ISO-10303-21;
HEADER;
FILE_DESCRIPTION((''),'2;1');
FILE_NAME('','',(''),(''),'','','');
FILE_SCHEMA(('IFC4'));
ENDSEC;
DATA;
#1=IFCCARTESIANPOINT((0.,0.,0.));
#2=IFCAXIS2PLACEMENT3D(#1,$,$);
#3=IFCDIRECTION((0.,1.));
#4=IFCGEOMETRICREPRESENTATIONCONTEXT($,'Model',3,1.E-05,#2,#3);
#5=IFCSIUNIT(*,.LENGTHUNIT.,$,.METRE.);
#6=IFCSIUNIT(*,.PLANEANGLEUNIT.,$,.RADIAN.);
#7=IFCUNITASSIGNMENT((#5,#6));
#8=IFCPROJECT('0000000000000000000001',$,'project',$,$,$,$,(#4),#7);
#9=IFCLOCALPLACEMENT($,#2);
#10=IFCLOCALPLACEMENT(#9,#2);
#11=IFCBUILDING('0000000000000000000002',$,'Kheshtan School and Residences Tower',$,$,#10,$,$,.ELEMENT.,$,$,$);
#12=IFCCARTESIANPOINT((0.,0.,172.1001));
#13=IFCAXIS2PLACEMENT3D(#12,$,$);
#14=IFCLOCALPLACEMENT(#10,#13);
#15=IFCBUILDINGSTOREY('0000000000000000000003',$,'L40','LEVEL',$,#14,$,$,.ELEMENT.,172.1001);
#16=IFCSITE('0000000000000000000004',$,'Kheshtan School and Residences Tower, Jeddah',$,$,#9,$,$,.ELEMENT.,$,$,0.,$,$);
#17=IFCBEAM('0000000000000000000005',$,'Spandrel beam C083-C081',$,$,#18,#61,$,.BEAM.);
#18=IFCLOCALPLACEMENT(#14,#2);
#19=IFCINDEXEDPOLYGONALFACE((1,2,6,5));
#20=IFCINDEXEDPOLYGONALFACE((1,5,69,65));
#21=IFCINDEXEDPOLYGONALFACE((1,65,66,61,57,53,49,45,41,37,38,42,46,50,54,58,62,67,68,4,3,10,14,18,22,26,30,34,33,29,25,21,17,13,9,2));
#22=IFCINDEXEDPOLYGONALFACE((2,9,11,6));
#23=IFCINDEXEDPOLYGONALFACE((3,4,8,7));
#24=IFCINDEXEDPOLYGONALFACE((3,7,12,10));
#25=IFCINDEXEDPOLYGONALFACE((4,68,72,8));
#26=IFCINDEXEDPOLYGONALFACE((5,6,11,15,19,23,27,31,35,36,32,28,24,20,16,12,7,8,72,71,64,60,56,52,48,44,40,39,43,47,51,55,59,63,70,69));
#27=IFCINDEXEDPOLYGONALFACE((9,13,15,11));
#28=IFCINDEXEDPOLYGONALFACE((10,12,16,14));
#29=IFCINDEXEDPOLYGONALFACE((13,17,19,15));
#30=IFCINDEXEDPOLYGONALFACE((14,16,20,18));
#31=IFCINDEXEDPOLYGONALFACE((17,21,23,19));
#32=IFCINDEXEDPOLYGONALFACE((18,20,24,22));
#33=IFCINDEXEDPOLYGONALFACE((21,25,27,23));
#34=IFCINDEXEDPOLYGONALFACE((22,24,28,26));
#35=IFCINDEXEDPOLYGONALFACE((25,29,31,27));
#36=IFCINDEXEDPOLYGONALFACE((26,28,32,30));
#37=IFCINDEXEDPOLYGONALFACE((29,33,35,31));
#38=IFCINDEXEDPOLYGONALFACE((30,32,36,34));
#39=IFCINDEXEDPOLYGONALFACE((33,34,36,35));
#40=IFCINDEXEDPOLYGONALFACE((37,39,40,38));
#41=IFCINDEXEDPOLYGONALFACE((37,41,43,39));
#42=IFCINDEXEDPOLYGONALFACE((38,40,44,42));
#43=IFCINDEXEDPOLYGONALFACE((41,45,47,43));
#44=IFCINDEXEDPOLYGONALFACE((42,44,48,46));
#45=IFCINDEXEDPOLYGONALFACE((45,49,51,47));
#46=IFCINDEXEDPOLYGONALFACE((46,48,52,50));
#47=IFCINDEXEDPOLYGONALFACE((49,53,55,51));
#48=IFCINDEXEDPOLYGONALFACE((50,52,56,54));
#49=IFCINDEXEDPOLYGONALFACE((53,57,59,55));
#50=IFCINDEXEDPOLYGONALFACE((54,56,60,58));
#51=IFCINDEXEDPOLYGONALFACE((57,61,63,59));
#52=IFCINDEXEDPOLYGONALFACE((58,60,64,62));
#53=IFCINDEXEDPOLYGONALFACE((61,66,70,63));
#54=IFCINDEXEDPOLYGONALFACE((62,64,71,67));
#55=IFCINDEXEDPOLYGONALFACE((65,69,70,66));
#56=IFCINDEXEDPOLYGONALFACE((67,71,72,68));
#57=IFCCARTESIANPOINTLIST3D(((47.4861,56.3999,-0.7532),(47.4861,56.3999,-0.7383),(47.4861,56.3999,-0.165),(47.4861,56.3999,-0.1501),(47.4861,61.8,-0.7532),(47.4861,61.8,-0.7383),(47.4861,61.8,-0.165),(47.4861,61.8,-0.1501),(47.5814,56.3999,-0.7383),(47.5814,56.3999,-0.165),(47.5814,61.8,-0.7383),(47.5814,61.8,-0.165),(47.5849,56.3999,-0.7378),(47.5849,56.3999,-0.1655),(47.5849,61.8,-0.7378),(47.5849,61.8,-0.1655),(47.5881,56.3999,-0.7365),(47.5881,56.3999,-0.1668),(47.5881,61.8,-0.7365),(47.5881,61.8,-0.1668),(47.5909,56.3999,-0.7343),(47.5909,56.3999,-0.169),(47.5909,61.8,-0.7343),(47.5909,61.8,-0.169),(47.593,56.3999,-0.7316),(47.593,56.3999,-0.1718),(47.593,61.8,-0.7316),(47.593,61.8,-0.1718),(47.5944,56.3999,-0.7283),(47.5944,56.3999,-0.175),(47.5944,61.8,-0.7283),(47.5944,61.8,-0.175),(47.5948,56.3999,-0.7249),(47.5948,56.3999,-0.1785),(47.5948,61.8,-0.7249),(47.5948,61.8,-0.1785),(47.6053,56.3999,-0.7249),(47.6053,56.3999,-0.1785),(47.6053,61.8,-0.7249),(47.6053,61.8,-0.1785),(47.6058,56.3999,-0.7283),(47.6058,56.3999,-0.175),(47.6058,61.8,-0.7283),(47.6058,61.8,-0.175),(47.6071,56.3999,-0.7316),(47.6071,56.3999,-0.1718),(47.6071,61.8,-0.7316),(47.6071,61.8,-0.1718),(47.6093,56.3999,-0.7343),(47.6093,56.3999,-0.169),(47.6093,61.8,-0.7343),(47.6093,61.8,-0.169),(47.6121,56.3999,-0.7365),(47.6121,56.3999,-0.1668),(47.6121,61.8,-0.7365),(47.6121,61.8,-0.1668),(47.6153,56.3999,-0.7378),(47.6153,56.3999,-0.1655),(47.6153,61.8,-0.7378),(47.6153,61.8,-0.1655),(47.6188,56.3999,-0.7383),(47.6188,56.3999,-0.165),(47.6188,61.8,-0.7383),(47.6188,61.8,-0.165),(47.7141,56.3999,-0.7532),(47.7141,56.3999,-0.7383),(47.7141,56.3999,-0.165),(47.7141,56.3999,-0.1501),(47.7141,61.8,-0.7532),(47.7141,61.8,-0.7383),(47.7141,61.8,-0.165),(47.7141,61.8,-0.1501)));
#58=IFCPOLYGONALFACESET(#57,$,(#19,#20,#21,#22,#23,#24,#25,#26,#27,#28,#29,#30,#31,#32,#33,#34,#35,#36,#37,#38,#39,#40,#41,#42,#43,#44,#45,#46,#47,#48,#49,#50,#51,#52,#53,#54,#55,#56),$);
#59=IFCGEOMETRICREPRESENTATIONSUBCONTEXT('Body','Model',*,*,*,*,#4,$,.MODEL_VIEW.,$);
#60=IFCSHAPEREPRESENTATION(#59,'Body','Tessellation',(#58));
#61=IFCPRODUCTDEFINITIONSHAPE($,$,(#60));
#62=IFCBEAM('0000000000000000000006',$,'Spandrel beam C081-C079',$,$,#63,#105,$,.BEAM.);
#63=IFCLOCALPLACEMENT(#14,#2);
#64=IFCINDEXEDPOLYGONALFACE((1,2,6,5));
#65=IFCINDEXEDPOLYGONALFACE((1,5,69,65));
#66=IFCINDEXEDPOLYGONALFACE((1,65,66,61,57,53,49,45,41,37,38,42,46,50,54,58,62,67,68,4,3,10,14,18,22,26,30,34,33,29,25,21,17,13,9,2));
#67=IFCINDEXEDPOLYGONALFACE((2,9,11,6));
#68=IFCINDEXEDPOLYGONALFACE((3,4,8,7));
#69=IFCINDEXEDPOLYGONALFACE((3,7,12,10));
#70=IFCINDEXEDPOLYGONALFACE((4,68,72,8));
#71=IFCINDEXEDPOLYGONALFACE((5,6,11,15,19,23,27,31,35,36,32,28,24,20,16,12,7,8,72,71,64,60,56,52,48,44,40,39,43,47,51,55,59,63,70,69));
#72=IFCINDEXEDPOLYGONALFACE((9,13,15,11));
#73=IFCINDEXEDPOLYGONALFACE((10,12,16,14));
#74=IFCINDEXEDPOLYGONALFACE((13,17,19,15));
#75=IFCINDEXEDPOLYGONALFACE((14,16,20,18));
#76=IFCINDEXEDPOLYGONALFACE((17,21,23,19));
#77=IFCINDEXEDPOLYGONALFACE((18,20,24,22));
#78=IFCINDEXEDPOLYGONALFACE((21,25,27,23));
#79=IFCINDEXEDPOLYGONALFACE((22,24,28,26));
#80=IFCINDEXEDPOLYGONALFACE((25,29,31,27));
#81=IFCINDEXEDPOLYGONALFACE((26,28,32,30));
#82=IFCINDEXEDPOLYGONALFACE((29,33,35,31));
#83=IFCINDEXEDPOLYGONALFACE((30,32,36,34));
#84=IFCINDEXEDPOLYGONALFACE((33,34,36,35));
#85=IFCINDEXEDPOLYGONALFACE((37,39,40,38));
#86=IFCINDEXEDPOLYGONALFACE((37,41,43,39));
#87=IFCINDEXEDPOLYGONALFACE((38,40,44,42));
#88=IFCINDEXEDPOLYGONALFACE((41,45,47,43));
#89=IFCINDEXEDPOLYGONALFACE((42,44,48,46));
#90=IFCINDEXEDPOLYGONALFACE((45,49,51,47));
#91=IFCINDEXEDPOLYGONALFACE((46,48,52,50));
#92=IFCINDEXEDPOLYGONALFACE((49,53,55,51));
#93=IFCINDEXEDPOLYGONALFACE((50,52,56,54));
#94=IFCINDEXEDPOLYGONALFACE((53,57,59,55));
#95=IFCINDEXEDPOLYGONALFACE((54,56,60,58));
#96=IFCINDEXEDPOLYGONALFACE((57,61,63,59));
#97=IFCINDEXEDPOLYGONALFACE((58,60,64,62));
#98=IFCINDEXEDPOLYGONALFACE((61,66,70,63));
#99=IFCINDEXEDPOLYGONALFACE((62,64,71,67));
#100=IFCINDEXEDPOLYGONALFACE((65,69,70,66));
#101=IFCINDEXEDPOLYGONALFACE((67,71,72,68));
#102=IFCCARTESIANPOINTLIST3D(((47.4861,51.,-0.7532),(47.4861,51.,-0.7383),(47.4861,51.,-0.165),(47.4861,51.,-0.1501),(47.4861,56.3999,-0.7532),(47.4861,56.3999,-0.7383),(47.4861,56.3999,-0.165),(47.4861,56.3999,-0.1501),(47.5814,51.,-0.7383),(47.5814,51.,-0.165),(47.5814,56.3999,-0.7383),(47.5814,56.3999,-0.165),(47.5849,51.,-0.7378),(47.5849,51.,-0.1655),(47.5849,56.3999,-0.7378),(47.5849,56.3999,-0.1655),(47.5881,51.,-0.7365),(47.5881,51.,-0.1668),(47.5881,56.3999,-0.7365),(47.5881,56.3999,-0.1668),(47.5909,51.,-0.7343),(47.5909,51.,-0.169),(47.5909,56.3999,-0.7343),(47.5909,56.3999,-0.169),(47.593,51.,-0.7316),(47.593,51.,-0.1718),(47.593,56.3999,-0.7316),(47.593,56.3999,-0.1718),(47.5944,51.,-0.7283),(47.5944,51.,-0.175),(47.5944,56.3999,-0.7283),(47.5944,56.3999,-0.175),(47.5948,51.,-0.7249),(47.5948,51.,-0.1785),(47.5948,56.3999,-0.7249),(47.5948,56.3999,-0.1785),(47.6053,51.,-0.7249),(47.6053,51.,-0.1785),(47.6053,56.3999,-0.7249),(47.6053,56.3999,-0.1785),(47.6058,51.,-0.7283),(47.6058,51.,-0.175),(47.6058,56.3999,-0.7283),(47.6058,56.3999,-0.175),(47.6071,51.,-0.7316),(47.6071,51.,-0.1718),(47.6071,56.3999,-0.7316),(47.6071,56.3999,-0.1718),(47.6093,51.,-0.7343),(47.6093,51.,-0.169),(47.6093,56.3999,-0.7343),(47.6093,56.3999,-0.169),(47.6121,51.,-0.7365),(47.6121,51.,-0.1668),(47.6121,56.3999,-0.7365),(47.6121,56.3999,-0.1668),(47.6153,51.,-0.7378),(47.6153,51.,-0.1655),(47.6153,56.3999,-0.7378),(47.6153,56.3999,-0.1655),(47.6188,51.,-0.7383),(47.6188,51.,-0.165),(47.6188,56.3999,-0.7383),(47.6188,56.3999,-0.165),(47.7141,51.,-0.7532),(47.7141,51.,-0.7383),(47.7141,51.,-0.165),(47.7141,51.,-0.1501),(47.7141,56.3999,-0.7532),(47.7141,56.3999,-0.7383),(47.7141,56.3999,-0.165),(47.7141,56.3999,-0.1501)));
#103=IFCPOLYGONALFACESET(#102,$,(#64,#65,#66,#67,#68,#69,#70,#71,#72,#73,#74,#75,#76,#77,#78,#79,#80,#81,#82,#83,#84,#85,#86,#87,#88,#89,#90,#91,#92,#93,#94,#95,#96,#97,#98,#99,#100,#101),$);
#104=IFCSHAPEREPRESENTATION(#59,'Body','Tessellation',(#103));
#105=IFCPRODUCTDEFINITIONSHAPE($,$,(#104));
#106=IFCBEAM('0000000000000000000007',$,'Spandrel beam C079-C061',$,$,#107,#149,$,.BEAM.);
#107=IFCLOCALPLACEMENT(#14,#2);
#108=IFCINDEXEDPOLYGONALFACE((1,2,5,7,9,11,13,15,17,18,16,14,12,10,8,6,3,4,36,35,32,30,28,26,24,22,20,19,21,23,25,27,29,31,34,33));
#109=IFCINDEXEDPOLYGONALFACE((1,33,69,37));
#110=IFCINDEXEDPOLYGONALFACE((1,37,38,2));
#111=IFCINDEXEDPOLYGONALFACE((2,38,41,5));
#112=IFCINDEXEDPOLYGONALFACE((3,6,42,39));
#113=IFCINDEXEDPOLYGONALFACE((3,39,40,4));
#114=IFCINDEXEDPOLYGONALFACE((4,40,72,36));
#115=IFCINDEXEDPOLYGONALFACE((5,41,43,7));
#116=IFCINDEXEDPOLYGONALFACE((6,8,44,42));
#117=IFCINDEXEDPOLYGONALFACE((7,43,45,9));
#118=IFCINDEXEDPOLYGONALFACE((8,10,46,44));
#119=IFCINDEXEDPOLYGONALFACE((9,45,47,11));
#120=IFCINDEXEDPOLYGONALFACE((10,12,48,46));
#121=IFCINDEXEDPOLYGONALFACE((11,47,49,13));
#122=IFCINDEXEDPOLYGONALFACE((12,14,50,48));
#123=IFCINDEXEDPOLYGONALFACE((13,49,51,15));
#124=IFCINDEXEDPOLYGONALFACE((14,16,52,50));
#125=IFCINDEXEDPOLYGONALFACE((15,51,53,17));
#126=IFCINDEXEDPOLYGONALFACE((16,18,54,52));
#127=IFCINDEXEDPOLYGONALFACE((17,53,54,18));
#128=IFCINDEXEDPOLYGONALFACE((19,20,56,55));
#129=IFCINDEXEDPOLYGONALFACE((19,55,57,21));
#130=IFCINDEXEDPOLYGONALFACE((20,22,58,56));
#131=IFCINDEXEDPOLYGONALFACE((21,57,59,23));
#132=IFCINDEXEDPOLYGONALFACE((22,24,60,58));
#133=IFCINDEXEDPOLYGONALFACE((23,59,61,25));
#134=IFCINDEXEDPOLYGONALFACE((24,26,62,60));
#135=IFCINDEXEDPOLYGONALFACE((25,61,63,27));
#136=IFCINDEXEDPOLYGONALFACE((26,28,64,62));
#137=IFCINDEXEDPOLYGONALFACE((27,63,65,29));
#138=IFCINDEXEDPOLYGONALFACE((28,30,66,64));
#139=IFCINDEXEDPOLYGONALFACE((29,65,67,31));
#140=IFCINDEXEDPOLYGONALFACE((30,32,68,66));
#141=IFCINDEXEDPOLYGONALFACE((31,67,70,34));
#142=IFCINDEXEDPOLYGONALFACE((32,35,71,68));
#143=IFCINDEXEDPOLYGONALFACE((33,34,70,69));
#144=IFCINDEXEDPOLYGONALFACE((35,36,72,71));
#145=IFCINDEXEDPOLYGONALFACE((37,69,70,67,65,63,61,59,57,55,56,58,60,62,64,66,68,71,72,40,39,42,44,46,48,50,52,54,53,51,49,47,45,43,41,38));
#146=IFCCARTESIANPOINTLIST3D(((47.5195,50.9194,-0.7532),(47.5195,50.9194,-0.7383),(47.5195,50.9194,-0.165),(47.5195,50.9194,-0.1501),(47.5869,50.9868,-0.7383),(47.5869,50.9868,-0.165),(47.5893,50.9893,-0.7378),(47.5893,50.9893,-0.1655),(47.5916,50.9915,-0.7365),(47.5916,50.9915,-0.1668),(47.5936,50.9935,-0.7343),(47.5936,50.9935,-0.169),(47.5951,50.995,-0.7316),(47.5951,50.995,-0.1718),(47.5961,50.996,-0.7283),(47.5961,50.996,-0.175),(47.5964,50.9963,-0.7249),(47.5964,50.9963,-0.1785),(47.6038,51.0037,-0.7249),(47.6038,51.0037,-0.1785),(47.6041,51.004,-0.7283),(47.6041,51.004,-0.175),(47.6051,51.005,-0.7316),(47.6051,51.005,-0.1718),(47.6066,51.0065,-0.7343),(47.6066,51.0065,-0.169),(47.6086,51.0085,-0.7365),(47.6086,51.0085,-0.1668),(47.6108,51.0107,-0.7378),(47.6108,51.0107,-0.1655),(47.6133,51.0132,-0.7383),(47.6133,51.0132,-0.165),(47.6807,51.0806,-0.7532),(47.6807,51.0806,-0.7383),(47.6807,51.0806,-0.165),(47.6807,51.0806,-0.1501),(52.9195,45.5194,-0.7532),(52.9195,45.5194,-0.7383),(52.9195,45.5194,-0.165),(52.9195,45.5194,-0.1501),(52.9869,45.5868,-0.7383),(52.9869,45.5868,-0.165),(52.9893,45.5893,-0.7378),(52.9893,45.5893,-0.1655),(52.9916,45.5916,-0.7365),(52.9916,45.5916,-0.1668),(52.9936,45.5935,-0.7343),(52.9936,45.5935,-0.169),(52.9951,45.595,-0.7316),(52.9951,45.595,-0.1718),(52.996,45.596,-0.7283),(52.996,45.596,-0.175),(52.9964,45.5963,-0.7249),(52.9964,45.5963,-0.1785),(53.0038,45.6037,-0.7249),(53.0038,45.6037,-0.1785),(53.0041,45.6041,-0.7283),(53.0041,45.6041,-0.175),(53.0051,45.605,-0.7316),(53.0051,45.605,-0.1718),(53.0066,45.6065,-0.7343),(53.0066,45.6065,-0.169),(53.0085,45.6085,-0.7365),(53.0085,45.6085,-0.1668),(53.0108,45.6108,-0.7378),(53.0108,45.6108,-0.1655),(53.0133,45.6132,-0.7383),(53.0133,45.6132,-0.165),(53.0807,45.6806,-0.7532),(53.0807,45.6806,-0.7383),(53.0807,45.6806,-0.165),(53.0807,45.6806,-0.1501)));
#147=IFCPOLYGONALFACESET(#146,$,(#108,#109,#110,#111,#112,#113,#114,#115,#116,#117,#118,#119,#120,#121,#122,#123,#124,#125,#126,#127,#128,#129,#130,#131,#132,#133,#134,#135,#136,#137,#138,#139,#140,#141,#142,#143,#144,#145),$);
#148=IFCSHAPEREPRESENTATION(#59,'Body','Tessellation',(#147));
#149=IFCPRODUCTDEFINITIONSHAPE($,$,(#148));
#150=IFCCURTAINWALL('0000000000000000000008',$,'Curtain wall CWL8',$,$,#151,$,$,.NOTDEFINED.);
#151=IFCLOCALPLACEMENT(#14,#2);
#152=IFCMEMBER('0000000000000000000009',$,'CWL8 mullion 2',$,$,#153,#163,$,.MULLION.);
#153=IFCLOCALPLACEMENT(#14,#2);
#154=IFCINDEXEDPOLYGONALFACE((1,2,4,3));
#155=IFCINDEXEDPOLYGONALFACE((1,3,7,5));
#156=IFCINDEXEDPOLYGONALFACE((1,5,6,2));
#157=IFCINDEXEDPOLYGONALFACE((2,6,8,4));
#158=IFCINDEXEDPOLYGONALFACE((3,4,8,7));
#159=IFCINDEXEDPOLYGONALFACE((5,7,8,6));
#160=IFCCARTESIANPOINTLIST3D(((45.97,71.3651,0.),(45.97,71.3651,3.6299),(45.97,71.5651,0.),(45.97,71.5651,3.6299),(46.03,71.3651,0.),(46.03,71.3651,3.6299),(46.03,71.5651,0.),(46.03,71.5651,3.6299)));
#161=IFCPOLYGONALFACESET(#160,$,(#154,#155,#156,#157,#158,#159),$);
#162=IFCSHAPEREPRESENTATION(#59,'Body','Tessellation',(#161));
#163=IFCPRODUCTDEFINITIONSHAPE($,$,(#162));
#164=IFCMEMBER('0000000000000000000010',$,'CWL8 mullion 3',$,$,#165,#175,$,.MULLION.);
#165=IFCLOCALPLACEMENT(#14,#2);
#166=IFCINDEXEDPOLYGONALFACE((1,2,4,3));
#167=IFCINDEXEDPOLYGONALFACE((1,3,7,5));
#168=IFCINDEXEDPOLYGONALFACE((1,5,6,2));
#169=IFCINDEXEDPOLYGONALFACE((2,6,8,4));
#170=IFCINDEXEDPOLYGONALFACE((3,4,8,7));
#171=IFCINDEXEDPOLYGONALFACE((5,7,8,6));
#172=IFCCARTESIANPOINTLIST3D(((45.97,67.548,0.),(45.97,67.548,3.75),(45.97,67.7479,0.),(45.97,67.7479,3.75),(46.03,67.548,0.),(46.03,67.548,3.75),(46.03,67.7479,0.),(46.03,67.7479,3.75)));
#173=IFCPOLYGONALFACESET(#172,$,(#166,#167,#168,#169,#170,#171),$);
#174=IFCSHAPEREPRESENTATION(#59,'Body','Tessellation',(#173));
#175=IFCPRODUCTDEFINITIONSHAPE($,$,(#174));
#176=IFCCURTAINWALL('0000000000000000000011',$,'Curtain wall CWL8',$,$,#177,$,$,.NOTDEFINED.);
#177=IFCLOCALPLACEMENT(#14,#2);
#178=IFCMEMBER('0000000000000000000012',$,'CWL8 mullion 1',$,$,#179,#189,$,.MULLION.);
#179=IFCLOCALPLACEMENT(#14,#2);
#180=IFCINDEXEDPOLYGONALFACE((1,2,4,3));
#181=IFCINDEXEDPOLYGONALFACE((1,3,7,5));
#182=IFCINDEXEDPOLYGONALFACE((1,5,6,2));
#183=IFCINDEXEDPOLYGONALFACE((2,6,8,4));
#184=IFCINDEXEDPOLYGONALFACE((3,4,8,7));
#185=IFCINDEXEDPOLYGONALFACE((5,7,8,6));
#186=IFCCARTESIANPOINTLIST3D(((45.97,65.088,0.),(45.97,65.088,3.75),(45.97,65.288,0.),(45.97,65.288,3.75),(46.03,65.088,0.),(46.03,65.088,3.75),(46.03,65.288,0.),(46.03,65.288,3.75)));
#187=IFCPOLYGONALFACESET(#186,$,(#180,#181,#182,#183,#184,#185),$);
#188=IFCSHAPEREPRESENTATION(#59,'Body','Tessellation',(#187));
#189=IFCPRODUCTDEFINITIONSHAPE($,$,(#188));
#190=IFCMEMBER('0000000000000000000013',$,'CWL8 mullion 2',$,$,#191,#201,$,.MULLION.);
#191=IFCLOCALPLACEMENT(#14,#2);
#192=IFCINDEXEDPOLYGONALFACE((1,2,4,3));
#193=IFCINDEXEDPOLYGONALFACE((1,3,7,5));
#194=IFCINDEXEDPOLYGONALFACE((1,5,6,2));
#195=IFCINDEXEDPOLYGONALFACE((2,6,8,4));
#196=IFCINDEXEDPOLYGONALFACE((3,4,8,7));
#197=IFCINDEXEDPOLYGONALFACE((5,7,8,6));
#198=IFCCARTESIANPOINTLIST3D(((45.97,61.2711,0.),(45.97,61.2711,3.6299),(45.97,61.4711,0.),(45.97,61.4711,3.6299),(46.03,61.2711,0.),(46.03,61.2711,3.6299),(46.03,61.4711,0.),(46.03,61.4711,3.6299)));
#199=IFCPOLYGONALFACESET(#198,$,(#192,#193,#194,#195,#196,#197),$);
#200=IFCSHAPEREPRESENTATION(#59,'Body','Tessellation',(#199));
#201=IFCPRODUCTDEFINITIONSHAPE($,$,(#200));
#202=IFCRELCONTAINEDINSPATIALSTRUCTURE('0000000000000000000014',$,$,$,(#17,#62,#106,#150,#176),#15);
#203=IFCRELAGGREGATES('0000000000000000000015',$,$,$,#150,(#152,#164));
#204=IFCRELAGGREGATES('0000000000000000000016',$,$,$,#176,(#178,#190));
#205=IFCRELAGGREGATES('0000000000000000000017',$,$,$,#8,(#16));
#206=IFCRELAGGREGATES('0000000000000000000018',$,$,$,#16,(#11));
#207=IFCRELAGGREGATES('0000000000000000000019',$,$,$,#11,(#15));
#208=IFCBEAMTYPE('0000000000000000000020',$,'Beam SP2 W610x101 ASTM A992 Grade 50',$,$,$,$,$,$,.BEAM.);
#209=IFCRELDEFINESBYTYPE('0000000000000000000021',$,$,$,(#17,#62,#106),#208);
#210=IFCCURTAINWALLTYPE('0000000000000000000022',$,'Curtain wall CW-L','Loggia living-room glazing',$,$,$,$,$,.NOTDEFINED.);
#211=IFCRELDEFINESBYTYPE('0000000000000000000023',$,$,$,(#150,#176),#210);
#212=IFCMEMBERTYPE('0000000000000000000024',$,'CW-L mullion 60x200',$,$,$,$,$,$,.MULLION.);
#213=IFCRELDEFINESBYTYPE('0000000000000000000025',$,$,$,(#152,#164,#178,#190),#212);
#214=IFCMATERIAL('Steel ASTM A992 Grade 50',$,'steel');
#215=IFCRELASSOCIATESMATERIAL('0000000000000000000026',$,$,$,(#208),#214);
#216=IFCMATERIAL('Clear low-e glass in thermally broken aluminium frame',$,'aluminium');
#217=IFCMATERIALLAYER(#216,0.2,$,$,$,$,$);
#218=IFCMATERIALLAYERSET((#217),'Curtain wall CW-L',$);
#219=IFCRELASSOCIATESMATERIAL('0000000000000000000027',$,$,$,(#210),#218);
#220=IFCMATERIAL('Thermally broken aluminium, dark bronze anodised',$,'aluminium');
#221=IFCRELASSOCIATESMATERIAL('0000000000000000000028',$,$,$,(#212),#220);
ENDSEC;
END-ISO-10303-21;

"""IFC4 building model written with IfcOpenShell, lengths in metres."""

from ifc_helpers import new_model, si_unit, direction, frame, origin, origin_2d, place, context, subcontext, project, spatial, rectangle, i_section, extrude, material, layer, layer_set, material_profile, profile_set, type_object, element, aggregate, save


model = new_model("IFC4")

# Units and contexts
model_context = context("Model", 3, precision=1e-05, world=origin(), true_north=direction((0.0, 1.0)))
body_context = subcontext(model_context, "Body", "Model", "MODEL_VIEW")
ifc_project = project(units=[si_unit("LENGTHUNIT", "METRE"), si_unit("PLANEANGLEUNIT", "RADIAN")], contexts=[model_context])

# Site, building, storey
site_placement = place(None, origin())
site = spatial("IfcSite", under=ifc_project, at=site_placement, Name="Kheshtan School and Residences Tower, Jeddah", CompositionType="ELEMENT", RefElevation=0.0)
building_placement = place(site_placement, origin())
building = spatial("IfcBuilding", under=site, at=building_placement, Name="Kheshtan School and Residences Tower", CompositionType="ELEMENT")
storey_placement = place(building_placement, frame((0.0, 0.0, 172.1001)))
storey = spatial("IfcBuildingStorey", under=building, at=storey_placement, Name="L40", Description="LEVEL", CompositionType="ELEMENT", Elevation=172.1001)

# Shared definitions
ifc_material_1 = material(Name="Steel ASTM A992 Grade 50", Category="steel")

# Beams
ifc_material_profile_1 = material_profile(ifc_material_1, i_section(OverallWidth=0.228, OverallDepth=0.603, WebThickness=0.0105, FlangeThickness=0.0149, FilletRadius=0.0134, at=origin_2d()), Name="W610x101")
ifc_profile_set_1 = profile_set([ifc_material_profile_1], Name="Steel ASTM A992 Grade 50")
beam_type_1 = type_object("IfcBeamType", Name="Beam SP2 W610x101 ASTM A992 Grade 50", PredefinedType="BEAM", material=ifc_profile_set_1)
beam_1_placement = place(storey_placement, frame((47.6001, 61.8, -0.4517), z_axis=(0.0, -1.0, 0.0), x_axis=(1.0, 0.0, 0.0)))
element("IfcBeam", 1, at=beam_1_placement, inside=storey, type_object=beam_type_1, Name="Spandrel beam C083-C081", PredefinedType="BEAM", context=body_context, shape_type="SweptSolid", body=[
    extrude(i_section(OverallWidth=0.228, OverallDepth=0.603, WebThickness=0.0105, FlangeThickness=0.0149, FilletRadius=0.0134, at=origin_2d()), origin(), (0.0, 0.0, 1.0), 5.4001),
])
beam_2_placement = place(storey_placement, frame((47.6001, 56.3999, -0.4517), z_axis=(0.0, -1.0, 0.0), x_axis=(1.0, 0.0, 0.0)))
element("IfcBeam", 2, at=beam_2_placement, inside=storey, type_object=beam_type_1, Name="Spandrel beam C081-C079", PredefinedType="BEAM", context=body_context, shape_type="SweptSolid", body=[
    extrude(i_section(OverallWidth=0.228, OverallDepth=0.603, WebThickness=0.0105, FlangeThickness=0.0149, FilletRadius=0.0134, at=origin_2d()), origin(), (0.0, 0.0, 1.0), 5.3999),
])
beam_3_placement = place(storey_placement, frame((47.6001, 51.0, -0.4517), z_axis=(0.707107, -0.707107, 0.0), x_axis=(0.707107, 0.707107, 0.0)))
element("IfcBeam", 3, at=beam_3_placement, inside=storey, type_object=beam_type_1, Name="Spandrel beam C079-C061", PredefinedType="BEAM", context=body_context, shape_type="SweptSolid", body=[
    extrude(i_section(OverallWidth=0.228, OverallDepth=0.603, WebThickness=0.0105, FlangeThickness=0.0149, FilletRadius=0.0134, at=origin_2d()), origin(), (0.0, 0.0, 1.0), 7.6367),
])

# Curtain walls, members
ifc_material_2 = material(Name="Clear low-e glass in thermally broken aluminium frame", Category="aluminium")
ifc_layer_1 = layer(ifc_material_2, 0.2)
ifc_layer_set_1 = layer_set([ifc_layer_1], Name="Curtain wall CW-L")
curtain_wall_type = type_object("IfcCurtainWallType", Name="Curtain wall CW-L", Description="Loggia living-room glazing", PredefinedType="NOTDEFINED", material=ifc_layer_set_1)
curtain_wall_1_placement = place(storey_placement, origin())
curtain_wall_1 = element("IfcCurtainWall", 4, at=curtain_wall_1_placement, inside=storey, type_object=curtain_wall_type, Name="Curtain wall CWL8", PredefinedType="NOTDEFINED")
ifc_material_3 = material(Name="Thermally broken aluminium, dark bronze anodised", Category="aluminium")
ifc_material_profile_2 = material_profile(ifc_material_3, rectangle(XDim=0.0601, YDim=0.2, at=origin_2d()), Name="CW-L mullion 60x200")
ifc_profile_set_2 = profile_set([ifc_material_profile_2], Name="Thermally broken aluminium, dark bronze anodised")
member_type_1 = type_object("IfcMemberType", Name="CW-L mullion 60x200", PredefinedType="MULLION", material=ifc_profile_set_2)
member_1_placement = place(storey_placement, frame((46.0, 71.4651, 0.0), z_axis=(0.0, 0.0, 1.0), x_axis=(1.0, 0.0, 0.0)))
member_1 = element("IfcMember", 5, at=member_1_placement, type_object=member_type_1, Name="CWL8 mullion 2", PredefinedType="MULLION", context=body_context, shape_type="SweptSolid", body=[
    extrude(rectangle(XDim=0.0601, YDim=0.2, at=origin_2d()), origin(), (0.0, 0.0, 1.0), 3.6299),
])
member_2_placement = place(storey_placement, frame((46.0, 67.6479, 0.0), z_axis=(0.0, 0.0, 1.0), x_axis=(1.0, 0.0, 0.0)))
member_2 = element("IfcMember", 6, at=member_2_placement, type_object=member_type_1, Name="CWL8 mullion 3", PredefinedType="MULLION", context=body_context, shape_type="SweptSolid", body=[
    extrude(rectangle(XDim=0.0601, YDim=0.2, at=origin_2d()), origin(), (0.0, 0.0, 1.0), 3.75),
])
curtain_wall_2_placement = place(storey_placement, origin())
curtain_wall_2 = element("IfcCurtainWall", 7, at=curtain_wall_2_placement, inside=storey, type_object=curtain_wall_type, Name="Curtain wall CWL8", PredefinedType="NOTDEFINED")
member_3_placement = place(storey_placement, frame((46.0, 65.188, 0.0), z_axis=(0.0, 0.0, 1.0), x_axis=(1.0, 0.0, 0.0)))
member_3 = element("IfcMember", 8, at=member_3_placement, type_object=member_type_1, Name="CWL8 mullion 1", PredefinedType="MULLION", context=body_context, shape_type="SweptSolid", body=[
    extrude(rectangle(XDim=0.0601, YDim=0.2, at=origin_2d()), origin(), (0.0, 0.0, 1.0), 3.75),
])
member_4_placement = place(storey_placement, frame((46.0, 61.3711, 0.0), z_axis=(0.0, 0.0, 1.0), x_axis=(1.0, 0.0, 0.0)))
member_4 = element("IfcMember", 9, at=member_4_placement, type_object=member_type_1, Name="CWL8 mullion 2", PredefinedType="MULLION", context=body_context, shape_type="SweptSolid", body=[
    extrude(rectangle(XDim=0.0601, YDim=0.2, at=origin_2d()), origin(), (0.0, 0.0, 1.0), 3.6299),
])

aggregate(curtain_wall_1, [member_1, member_2])
aggregate(curtain_wall_2, [member_3, member_4])

save(model, "model.ifc")
